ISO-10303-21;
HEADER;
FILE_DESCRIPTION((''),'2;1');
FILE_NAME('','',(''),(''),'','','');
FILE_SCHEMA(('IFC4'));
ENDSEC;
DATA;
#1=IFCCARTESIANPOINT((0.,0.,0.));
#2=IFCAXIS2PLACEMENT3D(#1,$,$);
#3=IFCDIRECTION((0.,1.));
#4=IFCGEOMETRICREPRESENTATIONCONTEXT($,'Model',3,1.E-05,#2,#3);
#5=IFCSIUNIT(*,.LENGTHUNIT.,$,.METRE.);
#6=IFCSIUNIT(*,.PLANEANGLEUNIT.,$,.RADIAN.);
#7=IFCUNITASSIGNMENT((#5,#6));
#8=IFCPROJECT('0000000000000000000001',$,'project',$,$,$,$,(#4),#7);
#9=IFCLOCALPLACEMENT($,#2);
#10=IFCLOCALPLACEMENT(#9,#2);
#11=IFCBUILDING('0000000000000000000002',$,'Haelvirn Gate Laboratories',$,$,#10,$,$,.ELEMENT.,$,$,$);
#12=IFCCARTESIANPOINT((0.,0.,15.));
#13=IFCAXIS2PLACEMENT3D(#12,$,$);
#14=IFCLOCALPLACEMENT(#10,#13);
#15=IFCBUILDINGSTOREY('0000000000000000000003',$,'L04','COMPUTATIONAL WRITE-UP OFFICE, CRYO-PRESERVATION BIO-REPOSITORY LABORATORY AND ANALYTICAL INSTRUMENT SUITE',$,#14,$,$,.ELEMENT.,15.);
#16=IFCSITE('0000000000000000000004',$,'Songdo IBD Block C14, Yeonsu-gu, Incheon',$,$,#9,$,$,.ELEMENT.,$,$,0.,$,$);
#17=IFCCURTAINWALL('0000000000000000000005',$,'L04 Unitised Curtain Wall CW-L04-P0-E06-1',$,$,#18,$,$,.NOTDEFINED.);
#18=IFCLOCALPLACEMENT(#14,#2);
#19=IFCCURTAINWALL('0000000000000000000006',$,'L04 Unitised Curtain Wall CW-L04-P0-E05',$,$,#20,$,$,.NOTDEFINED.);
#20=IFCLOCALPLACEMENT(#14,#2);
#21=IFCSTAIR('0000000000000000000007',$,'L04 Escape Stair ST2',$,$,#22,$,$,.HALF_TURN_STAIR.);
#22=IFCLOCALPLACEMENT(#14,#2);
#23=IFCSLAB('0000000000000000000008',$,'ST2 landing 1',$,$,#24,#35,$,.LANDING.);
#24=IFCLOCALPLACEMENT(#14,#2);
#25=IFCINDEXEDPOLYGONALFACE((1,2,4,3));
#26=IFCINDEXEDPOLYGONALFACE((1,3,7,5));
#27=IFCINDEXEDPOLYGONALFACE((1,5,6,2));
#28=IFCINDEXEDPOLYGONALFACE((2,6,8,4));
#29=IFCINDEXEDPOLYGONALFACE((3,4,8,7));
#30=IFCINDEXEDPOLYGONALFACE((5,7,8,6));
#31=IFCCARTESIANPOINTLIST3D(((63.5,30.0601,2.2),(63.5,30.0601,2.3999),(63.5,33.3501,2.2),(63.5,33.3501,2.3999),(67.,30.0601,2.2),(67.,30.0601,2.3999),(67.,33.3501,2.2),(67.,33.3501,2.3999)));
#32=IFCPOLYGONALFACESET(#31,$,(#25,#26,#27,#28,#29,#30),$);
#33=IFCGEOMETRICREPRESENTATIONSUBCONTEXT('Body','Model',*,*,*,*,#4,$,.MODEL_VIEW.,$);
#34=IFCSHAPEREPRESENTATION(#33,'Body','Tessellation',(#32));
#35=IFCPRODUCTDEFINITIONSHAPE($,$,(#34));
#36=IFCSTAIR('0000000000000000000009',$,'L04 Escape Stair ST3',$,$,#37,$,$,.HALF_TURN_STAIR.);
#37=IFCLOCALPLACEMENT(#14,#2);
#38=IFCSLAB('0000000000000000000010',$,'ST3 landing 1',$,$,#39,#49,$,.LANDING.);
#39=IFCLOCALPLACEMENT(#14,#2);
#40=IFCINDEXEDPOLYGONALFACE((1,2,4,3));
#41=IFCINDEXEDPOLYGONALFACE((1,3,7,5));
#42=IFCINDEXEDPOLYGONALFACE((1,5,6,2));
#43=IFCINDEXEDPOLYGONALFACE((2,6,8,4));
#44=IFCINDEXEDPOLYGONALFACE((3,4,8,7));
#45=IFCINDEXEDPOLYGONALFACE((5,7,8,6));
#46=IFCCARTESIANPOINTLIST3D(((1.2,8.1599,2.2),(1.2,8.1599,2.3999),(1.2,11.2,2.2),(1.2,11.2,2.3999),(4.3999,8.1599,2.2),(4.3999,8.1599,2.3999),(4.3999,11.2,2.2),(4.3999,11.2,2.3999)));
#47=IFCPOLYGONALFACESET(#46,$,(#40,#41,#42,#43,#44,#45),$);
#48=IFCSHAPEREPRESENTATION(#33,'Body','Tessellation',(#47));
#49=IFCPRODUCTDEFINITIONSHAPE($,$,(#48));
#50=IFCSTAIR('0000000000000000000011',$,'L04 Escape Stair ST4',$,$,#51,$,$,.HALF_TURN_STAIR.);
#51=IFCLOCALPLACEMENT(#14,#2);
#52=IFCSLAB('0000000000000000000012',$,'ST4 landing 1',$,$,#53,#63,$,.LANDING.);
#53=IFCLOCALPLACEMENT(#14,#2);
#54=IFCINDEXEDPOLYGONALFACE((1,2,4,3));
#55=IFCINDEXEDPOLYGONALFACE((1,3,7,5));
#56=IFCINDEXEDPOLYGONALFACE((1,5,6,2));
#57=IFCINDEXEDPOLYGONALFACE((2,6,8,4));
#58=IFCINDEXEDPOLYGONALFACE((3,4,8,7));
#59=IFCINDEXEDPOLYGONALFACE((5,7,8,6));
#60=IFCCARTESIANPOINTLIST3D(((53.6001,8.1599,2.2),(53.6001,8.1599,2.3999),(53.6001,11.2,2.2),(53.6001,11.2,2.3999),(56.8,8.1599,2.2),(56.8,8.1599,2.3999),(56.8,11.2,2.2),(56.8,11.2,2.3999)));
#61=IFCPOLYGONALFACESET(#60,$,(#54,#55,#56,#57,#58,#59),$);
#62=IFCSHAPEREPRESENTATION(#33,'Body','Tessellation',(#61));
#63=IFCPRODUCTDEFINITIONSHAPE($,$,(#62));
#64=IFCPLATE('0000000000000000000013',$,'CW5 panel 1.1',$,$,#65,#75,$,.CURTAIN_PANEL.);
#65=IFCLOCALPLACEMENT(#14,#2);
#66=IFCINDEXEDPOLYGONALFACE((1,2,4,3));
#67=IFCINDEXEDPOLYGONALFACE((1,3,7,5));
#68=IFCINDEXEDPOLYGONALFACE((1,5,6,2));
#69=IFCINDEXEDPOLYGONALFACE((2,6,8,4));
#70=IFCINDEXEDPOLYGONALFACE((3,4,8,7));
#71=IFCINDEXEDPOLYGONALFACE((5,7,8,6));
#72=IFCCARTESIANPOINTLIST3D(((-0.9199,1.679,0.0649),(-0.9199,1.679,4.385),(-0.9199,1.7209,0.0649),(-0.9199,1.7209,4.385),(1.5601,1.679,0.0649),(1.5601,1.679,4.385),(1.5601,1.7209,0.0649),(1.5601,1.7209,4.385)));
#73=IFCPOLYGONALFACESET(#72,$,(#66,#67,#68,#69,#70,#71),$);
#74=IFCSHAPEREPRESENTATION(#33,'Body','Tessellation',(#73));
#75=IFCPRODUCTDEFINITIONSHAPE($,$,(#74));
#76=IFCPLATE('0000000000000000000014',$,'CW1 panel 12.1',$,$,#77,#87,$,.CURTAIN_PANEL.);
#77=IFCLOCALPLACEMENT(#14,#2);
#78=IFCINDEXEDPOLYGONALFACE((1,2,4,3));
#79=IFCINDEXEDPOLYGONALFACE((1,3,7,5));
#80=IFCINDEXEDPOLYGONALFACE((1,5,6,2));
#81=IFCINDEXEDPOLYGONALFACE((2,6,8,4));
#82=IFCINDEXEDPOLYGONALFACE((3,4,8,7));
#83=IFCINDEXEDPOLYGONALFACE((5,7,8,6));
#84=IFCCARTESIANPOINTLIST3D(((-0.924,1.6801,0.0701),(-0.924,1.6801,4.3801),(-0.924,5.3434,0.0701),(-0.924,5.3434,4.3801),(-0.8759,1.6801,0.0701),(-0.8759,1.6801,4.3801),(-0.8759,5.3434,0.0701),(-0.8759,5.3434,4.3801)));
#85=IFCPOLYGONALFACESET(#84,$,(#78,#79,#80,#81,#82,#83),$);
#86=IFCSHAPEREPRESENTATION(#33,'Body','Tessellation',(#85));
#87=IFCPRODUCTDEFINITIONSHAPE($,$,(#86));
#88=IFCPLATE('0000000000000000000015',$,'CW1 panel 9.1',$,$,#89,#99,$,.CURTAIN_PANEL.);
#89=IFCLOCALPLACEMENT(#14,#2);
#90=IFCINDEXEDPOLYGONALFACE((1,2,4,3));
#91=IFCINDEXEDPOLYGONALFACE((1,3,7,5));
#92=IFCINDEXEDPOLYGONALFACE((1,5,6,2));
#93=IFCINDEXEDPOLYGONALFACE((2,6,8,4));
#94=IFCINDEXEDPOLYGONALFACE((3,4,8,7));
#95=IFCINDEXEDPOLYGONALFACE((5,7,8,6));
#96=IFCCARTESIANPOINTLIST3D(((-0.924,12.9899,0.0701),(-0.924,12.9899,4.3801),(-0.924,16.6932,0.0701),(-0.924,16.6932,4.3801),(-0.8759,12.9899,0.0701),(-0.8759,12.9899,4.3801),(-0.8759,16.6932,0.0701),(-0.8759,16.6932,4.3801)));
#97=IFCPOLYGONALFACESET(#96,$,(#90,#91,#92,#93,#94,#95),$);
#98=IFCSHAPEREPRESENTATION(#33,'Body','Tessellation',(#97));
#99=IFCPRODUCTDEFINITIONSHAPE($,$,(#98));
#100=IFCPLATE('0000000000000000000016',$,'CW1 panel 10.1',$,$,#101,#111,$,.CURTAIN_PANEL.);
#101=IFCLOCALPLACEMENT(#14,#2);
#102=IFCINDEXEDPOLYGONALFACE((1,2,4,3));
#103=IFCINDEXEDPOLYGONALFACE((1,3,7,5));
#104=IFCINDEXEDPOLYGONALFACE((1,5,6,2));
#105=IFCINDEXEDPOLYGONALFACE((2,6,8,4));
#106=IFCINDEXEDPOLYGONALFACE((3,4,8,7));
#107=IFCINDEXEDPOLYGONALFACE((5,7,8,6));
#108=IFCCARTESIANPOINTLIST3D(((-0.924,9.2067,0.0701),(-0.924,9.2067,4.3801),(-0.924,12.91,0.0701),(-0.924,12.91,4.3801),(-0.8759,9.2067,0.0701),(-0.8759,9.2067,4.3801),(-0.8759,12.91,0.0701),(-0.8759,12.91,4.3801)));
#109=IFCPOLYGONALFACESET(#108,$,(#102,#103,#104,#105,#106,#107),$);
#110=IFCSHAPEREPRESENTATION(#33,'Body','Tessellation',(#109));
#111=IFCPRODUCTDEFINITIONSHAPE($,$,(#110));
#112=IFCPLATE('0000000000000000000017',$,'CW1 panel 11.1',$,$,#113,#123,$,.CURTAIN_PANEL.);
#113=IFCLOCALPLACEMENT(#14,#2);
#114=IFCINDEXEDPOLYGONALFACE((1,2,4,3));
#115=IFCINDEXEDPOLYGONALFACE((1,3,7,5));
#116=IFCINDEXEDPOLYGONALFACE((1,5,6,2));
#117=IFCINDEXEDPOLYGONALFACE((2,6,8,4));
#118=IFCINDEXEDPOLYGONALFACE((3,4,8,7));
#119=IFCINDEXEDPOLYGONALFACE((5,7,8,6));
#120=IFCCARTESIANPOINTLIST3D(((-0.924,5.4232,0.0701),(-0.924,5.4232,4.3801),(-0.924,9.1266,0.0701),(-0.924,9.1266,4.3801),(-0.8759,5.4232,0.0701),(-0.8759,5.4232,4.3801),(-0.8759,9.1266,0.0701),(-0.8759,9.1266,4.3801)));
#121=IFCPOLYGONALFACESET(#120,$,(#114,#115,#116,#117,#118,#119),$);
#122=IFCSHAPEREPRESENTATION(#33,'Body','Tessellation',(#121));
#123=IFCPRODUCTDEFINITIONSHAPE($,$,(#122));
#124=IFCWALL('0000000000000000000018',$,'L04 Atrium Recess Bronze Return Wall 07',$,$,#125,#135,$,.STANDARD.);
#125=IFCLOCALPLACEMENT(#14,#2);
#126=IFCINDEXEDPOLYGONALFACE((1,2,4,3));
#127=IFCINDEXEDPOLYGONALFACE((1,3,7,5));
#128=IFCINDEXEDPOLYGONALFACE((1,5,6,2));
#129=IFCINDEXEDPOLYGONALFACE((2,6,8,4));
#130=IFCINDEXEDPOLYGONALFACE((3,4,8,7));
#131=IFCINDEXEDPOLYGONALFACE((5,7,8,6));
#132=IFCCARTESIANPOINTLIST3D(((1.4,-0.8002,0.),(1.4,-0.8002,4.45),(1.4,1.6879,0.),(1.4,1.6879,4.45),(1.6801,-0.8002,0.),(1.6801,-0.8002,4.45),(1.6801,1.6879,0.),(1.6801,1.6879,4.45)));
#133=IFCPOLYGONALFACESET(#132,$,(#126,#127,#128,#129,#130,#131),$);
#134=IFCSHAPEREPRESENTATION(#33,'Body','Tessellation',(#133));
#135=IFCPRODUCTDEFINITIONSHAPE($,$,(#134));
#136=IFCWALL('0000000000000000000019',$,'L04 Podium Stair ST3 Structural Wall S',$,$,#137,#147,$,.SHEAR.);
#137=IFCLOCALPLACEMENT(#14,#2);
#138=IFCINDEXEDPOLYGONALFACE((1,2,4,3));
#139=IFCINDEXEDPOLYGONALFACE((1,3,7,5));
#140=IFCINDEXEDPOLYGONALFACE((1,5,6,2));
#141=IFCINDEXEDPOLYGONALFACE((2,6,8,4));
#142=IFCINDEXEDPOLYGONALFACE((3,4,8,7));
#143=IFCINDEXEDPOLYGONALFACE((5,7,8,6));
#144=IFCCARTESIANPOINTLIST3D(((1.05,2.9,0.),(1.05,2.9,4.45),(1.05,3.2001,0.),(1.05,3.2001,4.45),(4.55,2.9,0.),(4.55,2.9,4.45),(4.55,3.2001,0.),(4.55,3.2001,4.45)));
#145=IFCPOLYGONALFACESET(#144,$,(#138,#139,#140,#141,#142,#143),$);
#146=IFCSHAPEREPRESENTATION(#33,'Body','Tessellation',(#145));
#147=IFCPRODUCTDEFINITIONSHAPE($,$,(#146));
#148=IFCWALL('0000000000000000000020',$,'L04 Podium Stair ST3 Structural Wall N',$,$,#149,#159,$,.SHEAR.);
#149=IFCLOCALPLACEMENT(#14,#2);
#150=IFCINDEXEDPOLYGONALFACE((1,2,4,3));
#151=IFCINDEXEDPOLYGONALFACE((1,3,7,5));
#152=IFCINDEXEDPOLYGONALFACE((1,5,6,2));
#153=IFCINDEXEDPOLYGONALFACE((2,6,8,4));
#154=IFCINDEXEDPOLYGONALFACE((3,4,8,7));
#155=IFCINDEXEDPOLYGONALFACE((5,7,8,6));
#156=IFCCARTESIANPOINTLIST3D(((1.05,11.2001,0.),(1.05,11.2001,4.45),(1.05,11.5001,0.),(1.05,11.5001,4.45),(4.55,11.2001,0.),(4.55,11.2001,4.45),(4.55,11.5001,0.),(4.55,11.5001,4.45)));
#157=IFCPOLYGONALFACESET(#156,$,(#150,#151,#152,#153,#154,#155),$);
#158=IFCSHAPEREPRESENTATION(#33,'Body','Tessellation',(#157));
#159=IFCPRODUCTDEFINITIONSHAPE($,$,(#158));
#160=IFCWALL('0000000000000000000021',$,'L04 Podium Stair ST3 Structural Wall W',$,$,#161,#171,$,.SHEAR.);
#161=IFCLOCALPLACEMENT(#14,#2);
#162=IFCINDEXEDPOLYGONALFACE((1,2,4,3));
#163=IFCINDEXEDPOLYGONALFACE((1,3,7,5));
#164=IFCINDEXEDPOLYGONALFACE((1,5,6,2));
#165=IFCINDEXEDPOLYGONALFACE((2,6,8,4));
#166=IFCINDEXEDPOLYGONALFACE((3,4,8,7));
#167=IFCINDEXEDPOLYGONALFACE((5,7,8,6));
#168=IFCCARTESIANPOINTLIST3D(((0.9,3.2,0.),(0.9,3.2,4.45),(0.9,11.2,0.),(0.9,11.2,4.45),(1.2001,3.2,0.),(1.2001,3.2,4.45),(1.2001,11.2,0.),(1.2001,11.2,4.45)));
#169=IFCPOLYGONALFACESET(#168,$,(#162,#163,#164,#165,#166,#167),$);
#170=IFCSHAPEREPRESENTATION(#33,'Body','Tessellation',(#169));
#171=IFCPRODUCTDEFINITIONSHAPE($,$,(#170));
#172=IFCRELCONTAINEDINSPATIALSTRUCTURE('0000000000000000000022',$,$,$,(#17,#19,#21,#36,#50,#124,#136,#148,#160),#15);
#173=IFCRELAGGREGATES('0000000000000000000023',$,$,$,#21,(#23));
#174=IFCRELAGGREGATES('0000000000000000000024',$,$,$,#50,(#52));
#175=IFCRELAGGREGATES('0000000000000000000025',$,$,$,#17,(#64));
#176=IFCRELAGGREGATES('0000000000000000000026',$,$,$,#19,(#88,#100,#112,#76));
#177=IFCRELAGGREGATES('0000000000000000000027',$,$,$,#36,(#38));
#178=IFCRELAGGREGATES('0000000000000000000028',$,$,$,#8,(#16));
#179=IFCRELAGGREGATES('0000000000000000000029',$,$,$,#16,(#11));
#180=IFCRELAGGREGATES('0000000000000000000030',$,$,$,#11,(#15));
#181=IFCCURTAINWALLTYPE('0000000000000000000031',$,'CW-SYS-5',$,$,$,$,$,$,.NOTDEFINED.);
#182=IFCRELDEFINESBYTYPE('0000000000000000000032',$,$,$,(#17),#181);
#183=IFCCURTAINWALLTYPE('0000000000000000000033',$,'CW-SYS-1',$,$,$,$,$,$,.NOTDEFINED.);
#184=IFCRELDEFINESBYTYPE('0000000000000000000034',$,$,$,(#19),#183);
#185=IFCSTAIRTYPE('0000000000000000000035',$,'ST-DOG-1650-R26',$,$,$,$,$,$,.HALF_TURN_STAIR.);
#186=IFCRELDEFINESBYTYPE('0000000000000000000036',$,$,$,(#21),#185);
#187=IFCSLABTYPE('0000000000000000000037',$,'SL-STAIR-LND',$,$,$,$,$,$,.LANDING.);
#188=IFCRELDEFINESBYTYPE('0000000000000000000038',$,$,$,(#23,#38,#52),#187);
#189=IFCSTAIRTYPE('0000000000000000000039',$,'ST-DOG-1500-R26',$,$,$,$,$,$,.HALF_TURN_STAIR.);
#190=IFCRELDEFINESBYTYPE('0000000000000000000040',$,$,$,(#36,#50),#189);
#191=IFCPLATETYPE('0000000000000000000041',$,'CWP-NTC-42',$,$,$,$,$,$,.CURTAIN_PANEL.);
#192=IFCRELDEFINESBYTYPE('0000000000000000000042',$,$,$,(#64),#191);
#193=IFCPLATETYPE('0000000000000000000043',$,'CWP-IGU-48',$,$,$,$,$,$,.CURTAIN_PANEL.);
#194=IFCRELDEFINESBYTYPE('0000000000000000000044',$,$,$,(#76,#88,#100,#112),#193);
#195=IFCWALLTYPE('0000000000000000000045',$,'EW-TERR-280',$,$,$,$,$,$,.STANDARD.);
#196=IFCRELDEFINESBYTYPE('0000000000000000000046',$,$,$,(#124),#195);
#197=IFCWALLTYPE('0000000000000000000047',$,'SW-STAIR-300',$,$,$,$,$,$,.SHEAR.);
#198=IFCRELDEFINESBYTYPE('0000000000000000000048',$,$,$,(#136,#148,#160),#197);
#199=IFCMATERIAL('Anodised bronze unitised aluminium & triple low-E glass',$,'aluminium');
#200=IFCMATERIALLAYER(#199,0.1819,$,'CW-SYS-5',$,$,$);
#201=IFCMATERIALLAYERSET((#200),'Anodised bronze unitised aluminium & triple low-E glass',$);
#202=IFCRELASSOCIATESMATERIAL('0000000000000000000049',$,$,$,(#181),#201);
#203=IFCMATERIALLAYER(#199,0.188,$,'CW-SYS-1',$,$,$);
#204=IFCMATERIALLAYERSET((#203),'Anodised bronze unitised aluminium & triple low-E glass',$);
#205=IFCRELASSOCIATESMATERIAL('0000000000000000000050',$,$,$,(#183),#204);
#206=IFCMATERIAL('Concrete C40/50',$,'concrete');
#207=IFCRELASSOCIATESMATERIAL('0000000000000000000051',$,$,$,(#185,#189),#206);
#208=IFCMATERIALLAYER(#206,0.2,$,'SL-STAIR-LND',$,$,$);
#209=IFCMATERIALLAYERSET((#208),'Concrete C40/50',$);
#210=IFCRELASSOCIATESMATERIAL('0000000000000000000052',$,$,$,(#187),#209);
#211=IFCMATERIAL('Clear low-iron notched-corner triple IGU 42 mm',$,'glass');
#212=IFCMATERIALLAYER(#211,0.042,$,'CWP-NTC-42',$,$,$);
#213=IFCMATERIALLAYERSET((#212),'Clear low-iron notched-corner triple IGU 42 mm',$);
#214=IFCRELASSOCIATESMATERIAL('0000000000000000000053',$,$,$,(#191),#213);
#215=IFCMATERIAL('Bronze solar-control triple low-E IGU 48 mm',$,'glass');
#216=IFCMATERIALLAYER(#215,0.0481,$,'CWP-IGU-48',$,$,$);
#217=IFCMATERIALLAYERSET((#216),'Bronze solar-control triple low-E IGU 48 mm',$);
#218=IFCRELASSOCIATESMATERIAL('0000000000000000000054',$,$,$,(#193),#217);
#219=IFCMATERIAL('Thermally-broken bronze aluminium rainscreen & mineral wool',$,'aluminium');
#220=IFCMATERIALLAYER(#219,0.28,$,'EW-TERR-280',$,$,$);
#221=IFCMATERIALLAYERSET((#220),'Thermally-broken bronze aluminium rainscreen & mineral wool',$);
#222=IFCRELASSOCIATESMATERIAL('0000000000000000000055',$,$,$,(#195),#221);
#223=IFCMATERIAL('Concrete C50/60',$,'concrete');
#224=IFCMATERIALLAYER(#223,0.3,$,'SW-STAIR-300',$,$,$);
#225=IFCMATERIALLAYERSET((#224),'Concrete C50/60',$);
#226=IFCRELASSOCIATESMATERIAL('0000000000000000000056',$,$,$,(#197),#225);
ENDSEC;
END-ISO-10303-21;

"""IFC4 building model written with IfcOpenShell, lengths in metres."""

from ifc_helpers import new_model, si_unit, direction, frame, frame_2d, origin, origin_2d, place, context, subcontext, project, spatial, polyline, rectangle, outline, extrude, source, transform, mapped, material, layer, layer_set, type_object, type_shapes, element, aggregate, save


model = new_model("IFC4")

# Units and contexts
model_context = context("Model", 3, precision=1e-05, world=origin(), true_north=direction((0.0, 1.0)))
body_context = subcontext(model_context, "Body", "Model", "MODEL_VIEW")
ifc_project = project(units=[si_unit("LENGTHUNIT", "METRE"), si_unit("PLANEANGLEUNIT", "RADIAN")], contexts=[model_context])

# Site, building, storey
site_placement = place(None, origin())
site = spatial("IfcSite", under=ifc_project, at=site_placement, Name="Songdo IBD Block C14, Yeonsu-gu, Incheon", CompositionType="ELEMENT", RefElevation=0.0)
building_placement = place(site_placement, origin())
building = spatial("IfcBuilding", under=site, at=building_placement, Name="Haelvirn Gate Laboratories", CompositionType="ELEMENT")
storey_placement = place(building_placement, frame((0.0, 0.0, 15.0)))
storey = spatial("IfcBuildingStorey", under=building, at=storey_placement, Name="L04", Description="COMPUTATIONAL WRITE-UP OFFICE, CRYO-PRESERVATION BIO-REPOSITORY LABORATORY AND ANALYTICAL INSTRUMENT SUITE", CompositionType="ELEMENT", Elevation=15.0)

# Curtain walls
ifc_material_1 = material(Name="Anodised bronze unitised aluminium & triple low-E glass", Category="aluminium")
ifc_layer_1 = layer(ifc_material_1, 0.1819, Name="CW-SYS-5")
ifc_layer_set_1 = layer_set([ifc_layer_1], Name="Anodised bronze unitised aluminium & triple low-E glass")
curtain_wall_type_1 = type_object("IfcCurtainWallType", Name="CW-SYS-5", PredefinedType="NOTDEFINED", material=ifc_layer_set_1)
curtain_wall_1_placement = place(storey_placement, origin())
curtain_wall_1 = element("IfcCurtainWall", 1, at=curtain_wall_1_placement, inside=storey, type_object=curtain_wall_type_1, Name="L04 Unitised Curtain Wall CW-L04-P0-E06-1", PredefinedType="NOTDEFINED")
ifc_layer_2 = layer(ifc_material_1, 0.188, Name="CW-SYS-1")
ifc_layer_set_2 = layer_set([ifc_layer_2], Name="Anodised bronze unitised aluminium & triple low-E glass")
curtain_wall_type_2 = type_object("IfcCurtainWallType", Name="CW-SYS-1", PredefinedType="NOTDEFINED", material=ifc_layer_set_2)
curtain_wall_2_placement = place(storey_placement, origin())
curtain_wall_2 = element("IfcCurtainWall", 2, at=curtain_wall_2_placement, inside=storey, type_object=curtain_wall_type_2, Name="L04 Unitised Curtain Wall CW-L04-P0-E05", PredefinedType="NOTDEFINED")

# Stairs, slabs
ifc_material_2 = material(Name="Concrete C40/50", Category="concrete")
stair_type_1 = type_object("IfcStairType", Name="ST-DOG-1650-R26", PredefinedType="HALF_TURN_STAIR", material=ifc_material_2)
stair_1_placement = place(storey_placement, origin())
stair_1 = element("IfcStair", 3, at=stair_1_placement, inside=storey, type_object=stair_type_1, Name="L04 Escape Stair ST2", PredefinedType="HALF_TURN_STAIR")
ifc_layer_3 = layer(ifc_material_2, 0.2, Name="SL-STAIR-LND")
ifc_layer_set_3 = layer_set([ifc_layer_3], Name="Concrete C40/50")
slab_type = type_object("IfcSlabType", Name="SL-STAIR-LND", PredefinedType="LANDING", material=ifc_layer_set_3)
slab_1_placement = place(storey_placement, frame((0.0, 0.0, 2.2)))
slab_1 = element("IfcSlab", 4, at=slab_1_placement, type_object=slab_type, Name="ST2 landing 1", PredefinedType="LANDING", context=body_context, shape_type="SweptSolid", body=[
    extrude(outline(polyline([(67.0, 30.0601), (67.0, 33.3501), (63.5, 33.3501), (63.5, 30.0601), (67.0, 30.0601)])), origin(), (0.0, 0.0, 1.0), 0.2),
])
aggregate(stair_1, [slab_1])
stair_type_2 = type_object("IfcStairType", Name="ST-DOG-1500-R26", PredefinedType="HALF_TURN_STAIR", material=ifc_material_2)
stair_2_placement = place(storey_placement, origin())
stair_2 = element("IfcStair", 5, at=stair_2_placement, inside=storey, type_object=stair_type_2, Name="L04 Escape Stair ST3", PredefinedType="HALF_TURN_STAIR")
slab_2_placement = place(storey_placement, frame((0.0, 0.0, 2.2)))
slab_2 = element("IfcSlab", 6, at=slab_2_placement, type_object=slab_type, Name="ST3 landing 1", PredefinedType="LANDING", context=body_context, shape_type="SweptSolid", body=[
    extrude(outline(polyline([(4.3999, 8.1599), (4.3999, 11.2), (1.2, 11.2), (1.2, 8.1599), (4.3999, 8.1599)])), origin(), (0.0, 0.0, 1.0), 0.2),
])
stair_3_placement = place(storey_placement, origin())
stair_3 = element("IfcStair", 7, at=stair_3_placement, inside=storey, type_object=stair_type_2, Name="L04 Escape Stair ST4", PredefinedType="HALF_TURN_STAIR")
slab_3_placement = place(storey_placement, frame((0.0, 0.0, 2.2)))
slab_3 = element("IfcSlab", 8, at=slab_3_placement, type_object=slab_type, Name="ST4 landing 1", PredefinedType="LANDING", context=body_context, shape_type="SweptSolid", body=[
    extrude(outline(polyline([(56.8, 8.1599), (56.8, 11.2), (53.6001, 11.2), (53.6001, 8.1599), (56.8, 8.1599)])), origin(), (0.0, 0.0, 1.0), 0.2),
])
aggregate(stair_3, [slab_3])

# Plates
ifc_material_3 = material(Name="Clear low-iron notched-corner triple IGU 42 mm", Category="glass")
ifc_layer_4 = layer(ifc_material_3, 0.042, Name="CWP-NTC-42")
ifc_layer_set_4 = layer_set([ifc_layer_4], Name="Clear low-iron notched-corner triple IGU 42 mm")
plate_type_1 = type_object("IfcPlateType", Name="CWP-NTC-42", PredefinedType="CURTAIN_PANEL", material=ifc_layer_set_4)
shared_shape_1 = source(origin(), body_context, "Body", "SweptSolid", [
    extrude(rectangle(XDim=2.48, YDim=0.042, at=origin_2d()), origin(), (0.0, 0.0, 1.0), 4.3201),
])
type_shapes(plate_type_1, [shared_shape_1])
plate_1_placement = place(storey_placement, frame((0.3201, 1.7, 0.0649), z_axis=(0.0, 0.0, 1.0), x_axis=(1.0, 0.0, 0.0)))
plate_1 = element("IfcPlate", 9, at=plate_1_placement, type_object=plate_type_1, Name="CW5 panel 1.1", PredefinedType="CURTAIN_PANEL", context=body_context, shape_type="MappedRepresentation", body=[
    mapped(shared_shape_1, transform((0.0, 0.0, 0.0), scale=1.0)),
])
aggregate(curtain_wall_1, [plate_1])
ifc_material_4 = material(Name="Bronze solar-control triple low-E IGU 48 mm", Category="glass")
ifc_layer_5 = layer(ifc_material_4, 0.0481, Name="CWP-IGU-48")
ifc_layer_set_5 = layer_set([ifc_layer_5], Name="Bronze solar-control triple low-E IGU 48 mm")
plate_type_2 = type_object("IfcPlateType", Name="CWP-IGU-48", PredefinedType="CURTAIN_PANEL", material=ifc_layer_set_5)
shared_shape_2 = source(origin(), body_context, "Body", "SweptSolid", [
    extrude(rectangle(XDim=3.6633, YDim=0.0481, at=origin_2d()), origin(), (0.0, 0.0, 1.0), 4.3101),
])
plate_2_placement = place(storey_placement, frame((-0.8999, 3.5117, 0.0701), z_axis=(0.0, 0.0, 1.0), x_axis=(0.0, -1.0, 0.0)))
plate_2 = element("IfcPlate", 10, at=plate_2_placement, type_object=plate_type_2, Name="CW1 panel 12.1", PredefinedType="CURTAIN_PANEL", context=body_context, shape_type="MappedRepresentation", body=[
    mapped(shared_shape_2, transform((0.0, 0.0, 0.0), scale=1.0)),
])
shared_shape_3 = source(origin(), body_context, "Body", "SweptSolid", [
    extrude(rectangle(XDim=3.7034, YDim=0.0481, at=origin_2d()), origin(), (0.0, 0.0, 1.0), 4.3101),
])
type_shapes(plate_type_2, [shared_shape_2, shared_shape_3])
plate_3_placement = place(storey_placement, frame((-0.8999, 14.8416, 0.0701), z_axis=(0.0, 0.0, 1.0), x_axis=(0.0, -1.0, 0.0)))
plate_3 = element("IfcPlate", 11, at=plate_3_placement, type_object=plate_type_2, Name="CW1 panel 9.1", PredefinedType="CURTAIN_PANEL", context=body_context, shape_type="MappedRepresentation", body=[
    mapped(shared_shape_3, transform((0.0, 0.0, 0.0), scale=1.0)),
])
plate_4_placement = place(storey_placement, frame((-0.8999, 11.0583, 0.0701), z_axis=(0.0, 0.0, 1.0), x_axis=(0.0, -1.0, 0.0)))
plate_4 = element("IfcPlate", 12, at=plate_4_placement, type_object=plate_type_2, Name="CW1 panel 10.1", PredefinedType="CURTAIN_PANEL", context=body_context, shape_type="MappedRepresentation", body=[
    mapped(shared_shape_3, transform((0.0, 0.0, 0.0), scale=1.0)),
])
plate_5_placement = place(storey_placement, frame((-0.8999, 7.2749, 0.0701), z_axis=(0.0, 0.0, 1.0), x_axis=(0.0, -1.0, 0.0)))
plate_5 = element("IfcPlate", 13, at=plate_5_placement, type_object=plate_type_2, Name="CW1 panel 11.1", PredefinedType="CURTAIN_PANEL", context=body_context, shape_type="MappedRepresentation", body=[
    mapped(shared_shape_3, transform((0.0, 0.0, 0.0), scale=1.0)),
])
aggregate(curtain_wall_2, [plate_3, plate_4, plate_5, plate_2])

# Walls
ifc_material_5 = material(Name="Thermally-broken bronze aluminium rainscreen & mineral wool", Category="aluminium")
ifc_layer_6 = layer(ifc_material_5, 0.28, Name="EW-TERR-280")
ifc_layer_set_6 = layer_set([ifc_layer_6], Name="Thermally-broken bronze aluminium rainscreen & mineral wool")
wall_type_1 = type_object("IfcWallType", Name="EW-TERR-280", PredefinedType="STANDARD", material=ifc_layer_set_6)
wall_1_placement = place(storey_placement, frame((1.54, 1.688, 0.0), z_axis=(0.0, 0.0, 1.0), x_axis=(0.0, -1.0, 0.0)))
element("IfcWall", 14, at=wall_1_placement, inside=storey, type_object=wall_type_1, Name="L04 Atrium Recess Bronze Return Wall 07", PredefinedType="STANDARD", context=body_context, shape_type="SweptSolid", body=[
    extrude(rectangle(XDim=2.488, YDim=0.28, at=frame_2d((1.2441, 0.0))), origin(), (0.0, 0.0, 1.0), 4.45),
])
ifc_material_6 = material(Name="Concrete C50/60", Category="concrete")
ifc_layer_7 = layer(ifc_material_6, 0.3, Name="SW-STAIR-300")
ifc_layer_set_7 = layer_set([ifc_layer_7], Name="Concrete C50/60")
wall_type_2 = type_object("IfcWallType", Name="SW-STAIR-300", PredefinedType="SHEAR", material=ifc_layer_set_7)
for number, where, z_axis, x_axis, name in (
    (15, (1.05, 3.05, 0.0), (0.0, 0.0, 1.0), (1.0, 0.0, 0.0), "L04 Podium Stair ST3 Structural Wall S"),
    (16, (1.05, 11.3501, 0.0), (0.0, 0.0, 1.0), (1.0, 0.0, 0.0), "L04 Podium Stair ST3 Structural Wall N"),
):
    element("IfcWall", number, at=place(storey_placement, frame(where, z_axis=z_axis, x_axis=x_axis)), inside=storey, type_object=wall_type_2, Name=name, PredefinedType="SHEAR", context=body_context, shape_type="SweptSolid", body=[
        extrude(rectangle(XDim=3.5, YDim=0.3, at=frame_2d((1.75, 0.0))), origin(), (0.0, 0.0, 1.0), 4.45),
    ])
wall_2_placement = place(storey_placement, frame((1.05, 3.2, 0.0), z_axis=(0.0, 0.0, 1.0), x_axis=(0.0, 1.0, 0.0)))
element("IfcWall", 17, at=wall_2_placement, inside=storey, type_object=wall_type_2, Name="L04 Podium Stair ST3 Structural Wall W", PredefinedType="SHEAR", context=body_context, shape_type="SweptSolid", body=[
    extrude(rectangle(XDim=8.0, YDim=0.3, at=frame_2d((4.0, 0.0))), origin(), (0.0, 0.0, 1.0), 4.45),
])

aggregate(stair_2, [slab_2])

save(model, "model.ifc")
